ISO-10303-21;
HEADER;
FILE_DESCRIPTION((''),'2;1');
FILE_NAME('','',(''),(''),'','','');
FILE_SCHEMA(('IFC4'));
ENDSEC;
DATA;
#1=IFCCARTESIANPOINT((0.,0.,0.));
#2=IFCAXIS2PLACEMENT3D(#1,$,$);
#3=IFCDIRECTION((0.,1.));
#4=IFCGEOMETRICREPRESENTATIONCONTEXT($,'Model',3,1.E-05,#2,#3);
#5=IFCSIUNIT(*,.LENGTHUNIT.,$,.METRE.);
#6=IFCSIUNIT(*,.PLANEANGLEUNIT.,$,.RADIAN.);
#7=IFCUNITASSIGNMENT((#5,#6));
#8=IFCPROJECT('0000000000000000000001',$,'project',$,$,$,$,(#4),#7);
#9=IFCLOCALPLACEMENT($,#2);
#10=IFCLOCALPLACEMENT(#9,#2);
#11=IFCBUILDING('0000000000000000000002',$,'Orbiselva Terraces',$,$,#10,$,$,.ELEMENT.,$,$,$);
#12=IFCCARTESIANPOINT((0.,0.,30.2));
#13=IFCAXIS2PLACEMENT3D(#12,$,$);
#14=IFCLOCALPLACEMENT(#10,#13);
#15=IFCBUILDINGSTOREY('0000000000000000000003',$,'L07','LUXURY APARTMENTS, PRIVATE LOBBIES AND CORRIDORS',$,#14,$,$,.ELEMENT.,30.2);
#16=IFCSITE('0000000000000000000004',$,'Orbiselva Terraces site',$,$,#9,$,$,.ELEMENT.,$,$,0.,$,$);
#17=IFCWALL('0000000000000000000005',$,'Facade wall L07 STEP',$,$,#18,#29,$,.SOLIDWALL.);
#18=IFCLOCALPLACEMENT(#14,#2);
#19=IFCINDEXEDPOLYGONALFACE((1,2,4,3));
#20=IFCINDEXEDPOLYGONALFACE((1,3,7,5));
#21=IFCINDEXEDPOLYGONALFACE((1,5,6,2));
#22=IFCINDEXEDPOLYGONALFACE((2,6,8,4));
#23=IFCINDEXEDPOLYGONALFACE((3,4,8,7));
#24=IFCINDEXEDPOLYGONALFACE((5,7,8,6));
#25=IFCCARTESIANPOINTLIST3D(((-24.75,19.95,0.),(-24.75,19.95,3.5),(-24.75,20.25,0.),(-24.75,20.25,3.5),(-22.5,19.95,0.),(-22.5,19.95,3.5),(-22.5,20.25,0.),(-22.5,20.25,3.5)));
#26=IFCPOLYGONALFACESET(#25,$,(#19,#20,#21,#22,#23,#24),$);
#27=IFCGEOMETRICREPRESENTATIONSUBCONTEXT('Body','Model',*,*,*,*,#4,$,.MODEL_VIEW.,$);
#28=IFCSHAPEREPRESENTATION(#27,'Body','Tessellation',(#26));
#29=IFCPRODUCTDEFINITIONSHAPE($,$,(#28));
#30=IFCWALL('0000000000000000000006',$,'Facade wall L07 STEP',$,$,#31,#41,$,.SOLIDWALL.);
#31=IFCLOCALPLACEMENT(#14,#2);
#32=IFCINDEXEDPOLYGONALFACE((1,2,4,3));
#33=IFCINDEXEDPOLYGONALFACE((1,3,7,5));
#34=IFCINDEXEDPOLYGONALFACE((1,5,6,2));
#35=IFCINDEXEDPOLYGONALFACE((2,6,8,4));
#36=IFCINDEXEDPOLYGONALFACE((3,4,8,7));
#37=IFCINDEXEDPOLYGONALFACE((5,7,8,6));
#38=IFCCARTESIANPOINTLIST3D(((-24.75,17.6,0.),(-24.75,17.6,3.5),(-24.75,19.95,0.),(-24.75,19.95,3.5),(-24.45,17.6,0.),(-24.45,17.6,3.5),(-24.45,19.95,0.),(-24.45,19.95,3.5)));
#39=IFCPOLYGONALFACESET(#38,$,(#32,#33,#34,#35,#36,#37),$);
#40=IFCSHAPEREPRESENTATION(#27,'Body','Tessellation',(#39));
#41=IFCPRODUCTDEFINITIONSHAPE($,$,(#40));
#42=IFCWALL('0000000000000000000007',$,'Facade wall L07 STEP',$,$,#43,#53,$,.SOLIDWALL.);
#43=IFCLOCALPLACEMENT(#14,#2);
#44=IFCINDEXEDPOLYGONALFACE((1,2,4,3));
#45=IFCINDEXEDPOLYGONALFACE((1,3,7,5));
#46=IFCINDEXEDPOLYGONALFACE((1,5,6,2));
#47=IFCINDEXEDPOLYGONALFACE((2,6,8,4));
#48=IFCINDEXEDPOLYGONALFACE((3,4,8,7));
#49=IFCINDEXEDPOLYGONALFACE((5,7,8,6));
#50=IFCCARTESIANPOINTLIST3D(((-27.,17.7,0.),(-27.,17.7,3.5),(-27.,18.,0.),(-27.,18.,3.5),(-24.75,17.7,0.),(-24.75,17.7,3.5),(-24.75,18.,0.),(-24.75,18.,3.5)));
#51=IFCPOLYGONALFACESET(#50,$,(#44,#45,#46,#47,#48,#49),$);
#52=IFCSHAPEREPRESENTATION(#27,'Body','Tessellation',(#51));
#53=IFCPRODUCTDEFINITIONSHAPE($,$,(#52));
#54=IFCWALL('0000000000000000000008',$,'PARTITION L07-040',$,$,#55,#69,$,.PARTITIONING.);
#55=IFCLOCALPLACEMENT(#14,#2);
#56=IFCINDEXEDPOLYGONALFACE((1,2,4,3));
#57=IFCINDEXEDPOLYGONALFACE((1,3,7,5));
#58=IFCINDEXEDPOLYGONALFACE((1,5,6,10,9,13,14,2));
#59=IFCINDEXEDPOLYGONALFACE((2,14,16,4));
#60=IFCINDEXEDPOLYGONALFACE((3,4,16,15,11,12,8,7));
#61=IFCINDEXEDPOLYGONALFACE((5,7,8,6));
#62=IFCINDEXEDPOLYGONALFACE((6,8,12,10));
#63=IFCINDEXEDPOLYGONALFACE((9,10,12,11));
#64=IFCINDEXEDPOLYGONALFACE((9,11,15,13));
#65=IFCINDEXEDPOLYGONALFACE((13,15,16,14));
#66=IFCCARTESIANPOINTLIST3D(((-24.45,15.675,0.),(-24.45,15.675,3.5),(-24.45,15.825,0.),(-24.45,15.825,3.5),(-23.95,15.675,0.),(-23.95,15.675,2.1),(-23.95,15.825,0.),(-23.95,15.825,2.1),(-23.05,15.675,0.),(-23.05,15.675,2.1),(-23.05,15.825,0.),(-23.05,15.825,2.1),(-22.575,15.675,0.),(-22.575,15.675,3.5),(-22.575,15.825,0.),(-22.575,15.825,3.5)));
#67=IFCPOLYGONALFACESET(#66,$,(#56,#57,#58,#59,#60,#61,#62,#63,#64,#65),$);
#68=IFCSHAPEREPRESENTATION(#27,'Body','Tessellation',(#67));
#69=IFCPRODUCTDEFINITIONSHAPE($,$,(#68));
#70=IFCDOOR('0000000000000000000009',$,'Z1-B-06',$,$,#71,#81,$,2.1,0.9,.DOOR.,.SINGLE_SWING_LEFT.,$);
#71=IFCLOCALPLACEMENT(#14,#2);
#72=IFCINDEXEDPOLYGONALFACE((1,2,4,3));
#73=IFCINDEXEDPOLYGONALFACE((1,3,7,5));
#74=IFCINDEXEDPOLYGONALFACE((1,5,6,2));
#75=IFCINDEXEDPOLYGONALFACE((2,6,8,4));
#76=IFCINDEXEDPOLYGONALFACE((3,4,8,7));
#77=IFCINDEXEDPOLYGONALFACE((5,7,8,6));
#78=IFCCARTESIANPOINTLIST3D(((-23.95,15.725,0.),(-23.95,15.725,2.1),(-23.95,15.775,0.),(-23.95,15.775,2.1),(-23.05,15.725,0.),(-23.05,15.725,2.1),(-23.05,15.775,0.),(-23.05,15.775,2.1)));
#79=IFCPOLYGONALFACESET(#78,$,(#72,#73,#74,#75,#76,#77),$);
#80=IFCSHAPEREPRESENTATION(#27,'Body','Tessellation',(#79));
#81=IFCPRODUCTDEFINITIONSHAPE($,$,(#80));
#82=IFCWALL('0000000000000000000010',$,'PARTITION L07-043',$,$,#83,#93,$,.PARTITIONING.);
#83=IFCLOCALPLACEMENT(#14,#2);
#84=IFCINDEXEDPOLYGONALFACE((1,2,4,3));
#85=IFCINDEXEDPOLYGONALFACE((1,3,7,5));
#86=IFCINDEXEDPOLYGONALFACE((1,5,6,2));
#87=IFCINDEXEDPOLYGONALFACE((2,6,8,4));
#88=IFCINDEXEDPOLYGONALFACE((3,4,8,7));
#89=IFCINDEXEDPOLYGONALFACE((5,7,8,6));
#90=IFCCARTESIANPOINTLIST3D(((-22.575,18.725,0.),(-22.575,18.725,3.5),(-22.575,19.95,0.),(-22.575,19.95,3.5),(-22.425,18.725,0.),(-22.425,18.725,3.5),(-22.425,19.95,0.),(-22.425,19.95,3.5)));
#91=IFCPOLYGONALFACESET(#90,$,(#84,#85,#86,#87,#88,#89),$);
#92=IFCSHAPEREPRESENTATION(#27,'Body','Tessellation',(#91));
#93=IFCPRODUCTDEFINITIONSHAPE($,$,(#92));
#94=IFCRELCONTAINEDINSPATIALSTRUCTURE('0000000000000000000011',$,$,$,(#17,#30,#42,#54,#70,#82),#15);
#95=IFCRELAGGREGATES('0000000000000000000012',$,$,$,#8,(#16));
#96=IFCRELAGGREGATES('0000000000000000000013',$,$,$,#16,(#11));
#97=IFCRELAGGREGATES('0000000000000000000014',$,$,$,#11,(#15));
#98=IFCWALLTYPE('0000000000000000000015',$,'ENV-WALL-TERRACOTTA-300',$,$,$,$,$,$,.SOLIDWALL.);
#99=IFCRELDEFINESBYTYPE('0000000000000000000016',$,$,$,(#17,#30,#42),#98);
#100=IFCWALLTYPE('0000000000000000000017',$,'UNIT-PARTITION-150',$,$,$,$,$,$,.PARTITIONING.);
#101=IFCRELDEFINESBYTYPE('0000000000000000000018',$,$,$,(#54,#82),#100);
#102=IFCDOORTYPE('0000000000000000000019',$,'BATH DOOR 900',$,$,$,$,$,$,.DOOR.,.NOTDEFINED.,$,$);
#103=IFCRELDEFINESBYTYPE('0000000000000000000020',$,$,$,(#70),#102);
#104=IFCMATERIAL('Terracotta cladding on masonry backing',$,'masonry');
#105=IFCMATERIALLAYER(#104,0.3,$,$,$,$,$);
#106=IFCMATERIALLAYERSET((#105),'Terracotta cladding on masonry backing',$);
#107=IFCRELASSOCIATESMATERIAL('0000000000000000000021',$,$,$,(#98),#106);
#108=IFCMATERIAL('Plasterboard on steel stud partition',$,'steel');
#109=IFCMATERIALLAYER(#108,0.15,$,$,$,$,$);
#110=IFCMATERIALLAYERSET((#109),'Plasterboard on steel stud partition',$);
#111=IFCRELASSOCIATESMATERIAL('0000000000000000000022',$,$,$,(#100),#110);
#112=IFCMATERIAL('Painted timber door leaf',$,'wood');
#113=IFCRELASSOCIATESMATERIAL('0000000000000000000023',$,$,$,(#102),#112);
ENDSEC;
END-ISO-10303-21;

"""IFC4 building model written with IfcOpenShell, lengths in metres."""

from ifc_helpers import new_model, si_unit, direction, frame, frame_2d, origin, place, context, subcontext, project, spatial, rectangle, extrude, material, layer, layer_set, type_object, element, fill, save


model = new_model("IFC4")

# Units and contexts
model_context = context("Model", 3, precision=1e-05, world=origin(), true_north=direction((0.0, 1.0)))
body_context = subcontext(model_context, "Body", "Model", "MODEL_VIEW")
ifc_project = project(units=[si_unit("LENGTHUNIT", "METRE"), si_unit("PLANEANGLEUNIT", "RADIAN")], contexts=[model_context])

# Site, building, storey
site_placement = place(None, origin())
site = spatial("IfcSite", under=ifc_project, at=site_placement, Name="Orbiselva Terraces site", CompositionType="ELEMENT", RefElevation=0.0)
building_placement = place(site_placement, origin())
building = spatial("IfcBuilding", under=site, at=building_placement, Name="Orbiselva Terraces", CompositionType="ELEMENT")
storey_placement = place(building_placement, frame((0.0, 0.0, 30.2)))
storey = spatial("IfcBuildingStorey", under=building, at=storey_placement, Name="L07", Description="LUXURY APARTMENTS, PRIVATE LOBBIES AND CORRIDORS", CompositionType="ELEMENT", Elevation=30.2)

# Shared definitions
ifc_material_1 = material(Name="Terracotta cladding on masonry backing", Category="masonry")
ifc_layer_1 = layer(ifc_material_1, 0.3)
ifc_layer_set_1 = layer_set([ifc_layer_1], Name="Terracotta cladding on masonry backing")
wall_type_1 = type_object("IfcWallType", Name="ENV-WALL-TERRACOTTA-300", PredefinedType="SOLIDWALL", material=ifc_layer_set_1)

# Walls
wall_1_placement = place(storey_placement, frame((-24.75, 20.1, 0.0), z_axis=(0.0, 0.0, 1.0), x_axis=(1.0, 0.0, 0.0)))
element("IfcWall", 1, at=wall_1_placement, inside=storey, type_object=wall_type_1, Name="Facade wall L07 STEP", PredefinedType="SOLIDWALL", context=body_context, shape_type="SweptSolid", body=[
    extrude(rectangle(XDim=2.25, YDim=0.3, at=frame_2d((1.125, 0.0))), origin(), (0.0, 0.0, 1.0), 3.5),
])
wall_2_placement = place(storey_placement, frame((-24.6, 17.6, 0.0), z_axis=(0.0, 0.0, 1.0), x_axis=(0.0, 1.0, 0.0)))
element("IfcWall", 2, at=wall_2_placement, inside=storey, type_object=wall_type_1, Name="Facade wall L07 STEP", PredefinedType="SOLIDWALL", context=body_context, shape_type="SweptSolid", body=[
    extrude(rectangle(XDim=2.35, YDim=0.3, at=frame_2d((1.175, 0.0))), origin(), (0.0, 0.0, 1.0), 3.5),
])
wall_3_placement = place(storey_placement, frame((-27.0, 17.85, 0.0), z_axis=(0.0, 0.0, 1.0), x_axis=(1.0, 0.0, 0.0)))
element("IfcWall", 3, at=wall_3_placement, inside=storey, type_object=wall_type_1, Name="Facade wall L07 STEP", PredefinedType="SOLIDWALL", context=body_context, shape_type="SweptSolid", body=[
    extrude(rectangle(XDim=2.25, YDim=0.3, at=frame_2d((1.125, 0.0))), origin(), (0.0, 0.0, 1.0), 3.5),
])

# Wall, opening, door
ifc_material_2 = material(Name="Plasterboard on steel stud partition", Category="steel")
ifc_layer_2 = layer(ifc_material_2, 0.15)
ifc_layer_set_2 = layer_set([ifc_layer_2], Name="Plasterboard on steel stud partition")
wall_type_2 = type_object("IfcWallType", Name="UNIT-PARTITION-150", PredefinedType="PARTITIONING", material=ifc_layer_set_2)
wall_4_placement = place(storey_placement, frame((-22.575, 15.75, 0.0), z_axis=(0.0, 0.0, 1.0), x_axis=(-1.0, 0.0, 0.0)))
wall_4 = element("IfcWall", 4, at=wall_4_placement, inside=storey, type_object=wall_type_2, Name="PARTITION L07-040", PredefinedType="PARTITIONING", context=body_context, shape_type="SweptSolid", body=[
    extrude(rectangle(XDim=1.875, YDim=0.15, at=frame_2d((0.9375, 0.0))), origin(), (0.0, 0.0, 1.0), 3.5),
])
opening_1_placement = place(wall_4_placement, frame((0.475, 0.0, 0.0)))
opening_1 = element("IfcOpeningElement", 5, at=opening_1_placement, cuts=wall_4, PredefinedType="OPENING", context=body_context, shape_type="SweptSolid", body=[
    extrude(rectangle(XDim=0.9, YDim=2.1, at=frame_2d((0.45, 1.05))), frame((0.0, 0.085, 0.0), z_axis=(0.0, -1.0, 0.0), x_axis=(1.0, 0.0, 0.0)), (0.0, 0.0, 1.0), 0.17),
])
ifc_material_3 = material(Name="Painted timber door leaf", Category="wood")
door_type_1 = type_object("IfcDoorType", Name="BATH DOOR 900", OperationType="NOTDEFINED", PredefinedType="DOOR", material=ifc_material_3)
door_1_placement = place(opening_1_placement, origin())
door_1 = element("IfcDoor", 6, at=door_1_placement, inside=storey, type_object=door_type_1, Name="Z1-B-06", OperationType="SINGLE_SWING_LEFT", OverallHeight=2.1, OverallWidth=0.9, PredefinedType="DOOR", context=body_context, shape_type="SweptSolid", body=[
    extrude(rectangle(XDim=0.9, YDim=2.1, at=frame_2d((0.45, 1.05))), frame((0.0, 0.025, 0.0), z_axis=(0.0, -1.0, 0.0), x_axis=(1.0, 0.0, 0.0)), (0.0, 0.0, 1.0), 0.05),
])
fill(opening_1, door_1)

# Wall
wall_5_placement = place(storey_placement, frame((-22.5, 18.725, 0.0), z_axis=(0.0, 0.0, 1.0), x_axis=(0.0, 1.0, 0.0)))
element("IfcWall", 7, at=wall_5_placement, inside=storey, type_object=wall_type_2, Name="PARTITION L07-043", PredefinedType="PARTITIONING", context=body_context, shape_type="SweptSolid", body=[
    extrude(rectangle(XDim=1.225, YDim=0.15, at=frame_2d((0.6125, 0.0))), origin(), (0.0, 0.0, 1.0), 3.5),
])

save(model, "model.ifc")
